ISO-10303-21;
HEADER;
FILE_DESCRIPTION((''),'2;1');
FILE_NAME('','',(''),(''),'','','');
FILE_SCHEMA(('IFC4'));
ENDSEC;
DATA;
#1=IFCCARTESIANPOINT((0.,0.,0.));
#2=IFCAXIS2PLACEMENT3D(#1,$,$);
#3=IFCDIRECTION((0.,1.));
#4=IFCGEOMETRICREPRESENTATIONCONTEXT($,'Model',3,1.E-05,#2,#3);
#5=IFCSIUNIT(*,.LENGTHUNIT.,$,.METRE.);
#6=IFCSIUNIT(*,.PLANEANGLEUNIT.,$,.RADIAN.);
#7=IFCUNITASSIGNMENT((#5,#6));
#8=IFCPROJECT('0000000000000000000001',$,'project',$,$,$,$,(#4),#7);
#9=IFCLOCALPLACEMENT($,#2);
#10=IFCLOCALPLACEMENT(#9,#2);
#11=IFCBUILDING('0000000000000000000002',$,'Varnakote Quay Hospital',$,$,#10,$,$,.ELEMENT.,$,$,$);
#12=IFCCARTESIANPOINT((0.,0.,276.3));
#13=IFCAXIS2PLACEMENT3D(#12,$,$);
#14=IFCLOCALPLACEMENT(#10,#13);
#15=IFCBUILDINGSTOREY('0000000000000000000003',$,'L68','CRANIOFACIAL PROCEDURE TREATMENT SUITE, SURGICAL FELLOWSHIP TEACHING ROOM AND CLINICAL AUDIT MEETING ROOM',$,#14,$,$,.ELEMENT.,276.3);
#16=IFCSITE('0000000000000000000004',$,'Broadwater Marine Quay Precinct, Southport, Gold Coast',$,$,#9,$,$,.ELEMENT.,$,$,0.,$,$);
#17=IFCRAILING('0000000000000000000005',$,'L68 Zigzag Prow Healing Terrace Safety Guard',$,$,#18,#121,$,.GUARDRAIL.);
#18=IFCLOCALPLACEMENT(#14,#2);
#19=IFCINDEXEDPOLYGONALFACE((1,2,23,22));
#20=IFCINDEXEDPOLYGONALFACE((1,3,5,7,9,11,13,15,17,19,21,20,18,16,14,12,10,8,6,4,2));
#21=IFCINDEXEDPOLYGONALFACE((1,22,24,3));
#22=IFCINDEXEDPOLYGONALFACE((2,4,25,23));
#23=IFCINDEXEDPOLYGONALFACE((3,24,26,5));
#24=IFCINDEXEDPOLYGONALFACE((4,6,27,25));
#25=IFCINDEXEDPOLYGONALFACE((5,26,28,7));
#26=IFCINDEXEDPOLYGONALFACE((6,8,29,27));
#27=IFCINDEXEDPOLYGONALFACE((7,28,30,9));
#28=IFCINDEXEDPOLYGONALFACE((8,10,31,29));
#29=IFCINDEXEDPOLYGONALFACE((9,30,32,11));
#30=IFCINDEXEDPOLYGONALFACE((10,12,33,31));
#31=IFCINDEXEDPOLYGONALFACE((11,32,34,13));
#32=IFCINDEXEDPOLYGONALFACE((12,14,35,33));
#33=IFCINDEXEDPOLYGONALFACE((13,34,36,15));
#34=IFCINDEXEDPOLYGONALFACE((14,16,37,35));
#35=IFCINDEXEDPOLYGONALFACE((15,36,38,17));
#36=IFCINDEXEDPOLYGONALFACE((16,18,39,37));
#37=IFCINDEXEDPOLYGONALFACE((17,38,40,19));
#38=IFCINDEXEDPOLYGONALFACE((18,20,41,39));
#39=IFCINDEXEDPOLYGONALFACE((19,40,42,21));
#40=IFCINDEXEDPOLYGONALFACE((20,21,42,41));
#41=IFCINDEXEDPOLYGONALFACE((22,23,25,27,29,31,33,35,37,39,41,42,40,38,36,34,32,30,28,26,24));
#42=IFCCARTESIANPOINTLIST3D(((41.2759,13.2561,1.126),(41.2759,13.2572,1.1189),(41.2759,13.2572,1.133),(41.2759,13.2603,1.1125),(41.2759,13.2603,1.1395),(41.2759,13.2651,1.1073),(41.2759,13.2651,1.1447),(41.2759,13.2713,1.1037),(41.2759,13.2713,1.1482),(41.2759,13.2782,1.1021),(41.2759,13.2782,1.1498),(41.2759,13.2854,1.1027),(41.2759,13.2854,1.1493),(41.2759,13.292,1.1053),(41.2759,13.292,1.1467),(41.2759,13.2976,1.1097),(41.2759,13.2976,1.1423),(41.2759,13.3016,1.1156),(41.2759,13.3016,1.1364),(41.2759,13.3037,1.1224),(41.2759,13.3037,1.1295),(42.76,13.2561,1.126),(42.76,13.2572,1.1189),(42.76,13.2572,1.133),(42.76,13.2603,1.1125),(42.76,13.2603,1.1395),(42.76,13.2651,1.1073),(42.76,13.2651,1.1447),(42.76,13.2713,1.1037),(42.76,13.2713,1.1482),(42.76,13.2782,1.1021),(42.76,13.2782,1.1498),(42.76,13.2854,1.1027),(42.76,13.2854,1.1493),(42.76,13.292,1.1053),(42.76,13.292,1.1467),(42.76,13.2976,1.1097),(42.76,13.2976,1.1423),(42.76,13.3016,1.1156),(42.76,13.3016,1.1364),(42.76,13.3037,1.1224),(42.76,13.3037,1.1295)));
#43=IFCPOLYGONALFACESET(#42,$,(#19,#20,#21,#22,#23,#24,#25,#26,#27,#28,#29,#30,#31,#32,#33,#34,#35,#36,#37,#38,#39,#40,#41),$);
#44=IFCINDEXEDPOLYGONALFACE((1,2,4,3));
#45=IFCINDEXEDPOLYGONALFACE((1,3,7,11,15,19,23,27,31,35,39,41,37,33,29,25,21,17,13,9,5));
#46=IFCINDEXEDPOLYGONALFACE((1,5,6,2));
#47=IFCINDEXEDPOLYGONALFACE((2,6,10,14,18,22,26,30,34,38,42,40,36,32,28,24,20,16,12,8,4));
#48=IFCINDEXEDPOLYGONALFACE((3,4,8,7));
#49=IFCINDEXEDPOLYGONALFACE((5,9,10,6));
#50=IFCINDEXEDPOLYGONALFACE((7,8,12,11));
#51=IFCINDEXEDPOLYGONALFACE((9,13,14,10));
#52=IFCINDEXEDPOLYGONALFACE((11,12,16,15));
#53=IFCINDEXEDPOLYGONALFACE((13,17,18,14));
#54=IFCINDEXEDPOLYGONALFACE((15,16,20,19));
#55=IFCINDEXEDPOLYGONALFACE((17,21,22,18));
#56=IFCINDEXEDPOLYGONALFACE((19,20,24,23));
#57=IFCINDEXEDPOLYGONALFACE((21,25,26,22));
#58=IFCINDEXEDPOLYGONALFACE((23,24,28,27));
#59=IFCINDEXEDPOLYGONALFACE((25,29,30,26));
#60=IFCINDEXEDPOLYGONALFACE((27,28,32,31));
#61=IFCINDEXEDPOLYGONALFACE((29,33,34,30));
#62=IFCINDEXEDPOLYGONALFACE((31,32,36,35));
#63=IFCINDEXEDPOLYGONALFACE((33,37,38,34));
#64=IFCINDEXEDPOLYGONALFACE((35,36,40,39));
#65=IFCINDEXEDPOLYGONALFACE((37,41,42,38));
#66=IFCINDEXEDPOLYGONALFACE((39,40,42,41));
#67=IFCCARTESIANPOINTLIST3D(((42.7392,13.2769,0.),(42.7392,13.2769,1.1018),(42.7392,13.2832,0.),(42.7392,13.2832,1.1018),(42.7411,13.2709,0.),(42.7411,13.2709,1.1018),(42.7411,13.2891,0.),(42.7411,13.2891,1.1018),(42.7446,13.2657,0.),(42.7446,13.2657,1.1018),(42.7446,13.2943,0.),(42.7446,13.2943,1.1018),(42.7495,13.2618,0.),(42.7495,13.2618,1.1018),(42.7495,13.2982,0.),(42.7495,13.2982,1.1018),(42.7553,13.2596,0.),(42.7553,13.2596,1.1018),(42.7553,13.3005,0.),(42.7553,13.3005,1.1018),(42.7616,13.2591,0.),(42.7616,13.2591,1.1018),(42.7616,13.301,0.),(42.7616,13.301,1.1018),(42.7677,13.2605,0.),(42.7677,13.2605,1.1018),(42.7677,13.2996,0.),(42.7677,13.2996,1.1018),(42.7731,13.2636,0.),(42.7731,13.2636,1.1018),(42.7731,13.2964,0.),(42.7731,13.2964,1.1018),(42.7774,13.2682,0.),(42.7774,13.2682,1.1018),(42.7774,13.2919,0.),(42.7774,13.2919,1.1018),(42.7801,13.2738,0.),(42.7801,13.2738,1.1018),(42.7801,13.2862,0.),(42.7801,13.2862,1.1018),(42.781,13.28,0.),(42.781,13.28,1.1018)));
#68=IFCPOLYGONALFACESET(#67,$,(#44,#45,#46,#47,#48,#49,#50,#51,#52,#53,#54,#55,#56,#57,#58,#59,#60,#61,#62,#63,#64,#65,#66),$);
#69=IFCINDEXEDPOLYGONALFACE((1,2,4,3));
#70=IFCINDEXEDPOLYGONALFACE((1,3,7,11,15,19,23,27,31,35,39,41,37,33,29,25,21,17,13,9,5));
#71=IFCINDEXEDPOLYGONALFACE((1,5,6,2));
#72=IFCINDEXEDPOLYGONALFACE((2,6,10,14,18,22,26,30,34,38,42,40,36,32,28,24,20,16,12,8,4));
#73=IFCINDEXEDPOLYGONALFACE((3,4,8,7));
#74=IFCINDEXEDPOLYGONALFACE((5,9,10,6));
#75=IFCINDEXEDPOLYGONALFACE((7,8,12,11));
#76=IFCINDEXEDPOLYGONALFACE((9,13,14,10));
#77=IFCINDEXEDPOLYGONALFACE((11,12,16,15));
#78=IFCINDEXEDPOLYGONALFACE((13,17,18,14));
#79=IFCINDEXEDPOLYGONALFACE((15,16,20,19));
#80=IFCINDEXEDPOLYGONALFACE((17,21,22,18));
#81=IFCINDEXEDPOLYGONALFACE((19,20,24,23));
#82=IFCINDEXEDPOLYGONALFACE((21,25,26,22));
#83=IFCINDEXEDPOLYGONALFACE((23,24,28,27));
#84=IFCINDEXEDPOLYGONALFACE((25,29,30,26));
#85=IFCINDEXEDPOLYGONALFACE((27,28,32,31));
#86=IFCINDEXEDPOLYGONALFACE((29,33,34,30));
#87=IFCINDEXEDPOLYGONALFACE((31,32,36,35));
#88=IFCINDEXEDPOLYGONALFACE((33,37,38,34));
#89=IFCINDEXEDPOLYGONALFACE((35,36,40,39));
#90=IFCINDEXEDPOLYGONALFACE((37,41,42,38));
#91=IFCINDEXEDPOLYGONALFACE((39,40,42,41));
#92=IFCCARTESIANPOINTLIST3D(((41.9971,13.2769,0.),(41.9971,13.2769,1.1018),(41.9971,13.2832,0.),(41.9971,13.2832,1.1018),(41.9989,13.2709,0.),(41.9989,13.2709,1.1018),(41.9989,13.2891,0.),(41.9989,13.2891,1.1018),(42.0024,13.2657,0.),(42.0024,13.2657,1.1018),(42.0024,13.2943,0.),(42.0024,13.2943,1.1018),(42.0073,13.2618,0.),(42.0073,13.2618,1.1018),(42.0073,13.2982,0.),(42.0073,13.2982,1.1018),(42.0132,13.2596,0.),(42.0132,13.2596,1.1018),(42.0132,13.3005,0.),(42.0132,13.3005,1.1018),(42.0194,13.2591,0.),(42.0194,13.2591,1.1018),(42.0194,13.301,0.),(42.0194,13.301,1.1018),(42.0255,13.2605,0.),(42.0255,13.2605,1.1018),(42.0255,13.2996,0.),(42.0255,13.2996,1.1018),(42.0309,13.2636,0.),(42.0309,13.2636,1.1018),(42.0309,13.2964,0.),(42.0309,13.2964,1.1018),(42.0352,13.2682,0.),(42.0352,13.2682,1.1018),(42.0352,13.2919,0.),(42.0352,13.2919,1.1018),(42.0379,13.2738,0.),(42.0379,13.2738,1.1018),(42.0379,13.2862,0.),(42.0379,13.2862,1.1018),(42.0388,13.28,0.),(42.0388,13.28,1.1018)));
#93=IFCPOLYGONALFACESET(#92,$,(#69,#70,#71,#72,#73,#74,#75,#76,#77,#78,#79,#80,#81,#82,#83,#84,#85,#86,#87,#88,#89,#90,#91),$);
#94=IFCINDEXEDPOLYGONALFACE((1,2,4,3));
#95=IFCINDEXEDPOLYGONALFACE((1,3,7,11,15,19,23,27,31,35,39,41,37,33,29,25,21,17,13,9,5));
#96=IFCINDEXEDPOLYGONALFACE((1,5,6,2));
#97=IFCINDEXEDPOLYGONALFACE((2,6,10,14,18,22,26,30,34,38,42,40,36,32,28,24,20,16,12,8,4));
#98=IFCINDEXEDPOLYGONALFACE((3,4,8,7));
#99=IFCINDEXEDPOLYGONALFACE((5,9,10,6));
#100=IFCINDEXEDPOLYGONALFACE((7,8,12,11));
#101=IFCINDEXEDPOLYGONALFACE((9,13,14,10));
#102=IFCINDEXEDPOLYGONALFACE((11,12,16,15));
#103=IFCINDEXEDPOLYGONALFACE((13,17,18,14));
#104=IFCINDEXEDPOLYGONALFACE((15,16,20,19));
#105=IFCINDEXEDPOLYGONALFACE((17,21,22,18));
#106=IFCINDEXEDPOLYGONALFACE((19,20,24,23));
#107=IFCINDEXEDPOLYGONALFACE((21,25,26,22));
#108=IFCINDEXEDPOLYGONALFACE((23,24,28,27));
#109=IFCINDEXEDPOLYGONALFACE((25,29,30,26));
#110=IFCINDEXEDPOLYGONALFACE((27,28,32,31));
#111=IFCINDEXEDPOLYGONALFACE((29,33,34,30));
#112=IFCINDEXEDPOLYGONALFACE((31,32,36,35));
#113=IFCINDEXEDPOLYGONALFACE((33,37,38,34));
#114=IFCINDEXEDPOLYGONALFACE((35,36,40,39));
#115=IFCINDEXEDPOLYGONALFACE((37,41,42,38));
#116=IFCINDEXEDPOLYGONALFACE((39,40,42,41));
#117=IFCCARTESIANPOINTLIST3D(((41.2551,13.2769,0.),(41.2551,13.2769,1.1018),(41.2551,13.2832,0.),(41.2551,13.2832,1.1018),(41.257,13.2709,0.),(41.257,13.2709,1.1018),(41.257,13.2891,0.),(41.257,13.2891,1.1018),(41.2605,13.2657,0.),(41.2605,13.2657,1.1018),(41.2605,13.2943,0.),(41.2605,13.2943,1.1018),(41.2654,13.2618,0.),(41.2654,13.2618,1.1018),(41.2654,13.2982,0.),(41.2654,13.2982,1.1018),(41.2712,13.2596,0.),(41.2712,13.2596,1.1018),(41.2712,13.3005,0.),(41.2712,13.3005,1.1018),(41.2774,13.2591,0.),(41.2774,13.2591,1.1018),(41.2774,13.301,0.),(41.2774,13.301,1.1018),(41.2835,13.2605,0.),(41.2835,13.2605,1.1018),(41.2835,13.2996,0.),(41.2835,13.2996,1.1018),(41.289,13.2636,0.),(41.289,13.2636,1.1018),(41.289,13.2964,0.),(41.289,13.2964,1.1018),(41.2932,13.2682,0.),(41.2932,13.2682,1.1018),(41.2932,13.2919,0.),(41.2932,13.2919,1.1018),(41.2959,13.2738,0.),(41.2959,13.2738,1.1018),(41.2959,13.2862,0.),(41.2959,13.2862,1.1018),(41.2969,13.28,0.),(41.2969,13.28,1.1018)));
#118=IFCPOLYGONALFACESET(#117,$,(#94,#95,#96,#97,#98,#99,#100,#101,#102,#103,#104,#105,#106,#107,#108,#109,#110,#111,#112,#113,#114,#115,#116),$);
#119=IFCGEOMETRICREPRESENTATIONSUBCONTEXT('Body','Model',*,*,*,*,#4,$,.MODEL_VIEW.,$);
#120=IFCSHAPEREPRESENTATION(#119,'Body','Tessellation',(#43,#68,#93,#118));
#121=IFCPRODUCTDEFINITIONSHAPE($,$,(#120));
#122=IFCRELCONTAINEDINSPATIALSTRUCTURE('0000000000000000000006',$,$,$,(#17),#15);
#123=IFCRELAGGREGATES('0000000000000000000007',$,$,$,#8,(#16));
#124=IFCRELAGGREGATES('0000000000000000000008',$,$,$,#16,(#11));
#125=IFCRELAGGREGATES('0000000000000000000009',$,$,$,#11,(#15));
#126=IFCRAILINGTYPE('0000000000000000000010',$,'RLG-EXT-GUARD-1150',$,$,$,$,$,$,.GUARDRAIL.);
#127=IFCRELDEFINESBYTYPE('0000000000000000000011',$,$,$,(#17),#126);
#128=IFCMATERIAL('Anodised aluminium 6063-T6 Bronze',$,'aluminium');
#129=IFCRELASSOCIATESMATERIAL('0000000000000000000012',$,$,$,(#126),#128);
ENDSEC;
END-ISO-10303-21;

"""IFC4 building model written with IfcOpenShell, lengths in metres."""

from ifc_helpers import new_model, si_unit, direction, frame, origin, origin_2d, place, context, subcontext, project, spatial, circle, extrude, material, type_object, element, save


model = new_model("IFC4")

# Units and contexts
model_context = context("Model", 3, precision=1e-05, world=origin(), true_north=direction((0.0, 1.0)))
body_context = subcontext(model_context, "Body", "Model", "MODEL_VIEW")
ifc_project = project(units=[si_unit("LENGTHUNIT", "METRE"), si_unit("PLANEANGLEUNIT", "RADIAN")], contexts=[model_context])

# Site, building, storey
site_placement = place(None, origin())
site = spatial("IfcSite", under=ifc_project, at=site_placement, Name="Broadwater Marine Quay Precinct, Southport, Gold Coast", CompositionType="ELEMENT", RefElevation=0.0)
building_placement = place(site_placement, origin())
building = spatial("IfcBuilding", under=site, at=building_placement, Name="Varnakote Quay Hospital", CompositionType="ELEMENT")
storey_placement = place(building_placement, frame((0.0, 0.0, 276.3)))
storey = spatial("IfcBuildingStorey", under=building, at=storey_placement, Name="L68", Description="CRANIOFACIAL PROCEDURE TREATMENT SUITE, SURGICAL FELLOWSHIP TEACHING ROOM AND CLINICAL AUDIT MEETING ROOM", CompositionType="ELEMENT", Elevation=276.3)

# Railing
ifc_material_1 = material(Name="Anodised aluminium 6063-T6 Bronze", Category="aluminium")
railing_type = type_object("IfcRailingType", Name="RLG-EXT-GUARD-1150", PredefinedType="GUARDRAIL", material=ifc_material_1)
railing_1_placement = place(storey_placement, frame((42.76, 13.28, 0.0)))
element("IfcRailing", 1, at=railing_1_placement, inside=storey, type_object=railing_type, Name="L68 Zigzag Prow Healing Terrace Safety Guard", PredefinedType="GUARDRAIL", context=body_context, shape_type="SweptSolid", body=[
    extrude(circle(Radius=0.0239, at=origin_2d()), frame((0.0, 0.0, 1.126), z_axis=(-1.0, 0.0, 0.0), x_axis=(0.0, -1.0, 0.0)), (0.0, 0.0, 1.0), 1.4841),
    extrude(circle(Radius=0.021, at=origin_2d()), origin(), (0.0, 0.0, 1.0), 1.1018),
    extrude(circle(Radius=0.021, at=origin_2d()), frame((-0.7422, 0.0, 0.0)), (0.0, 0.0, 1.0), 1.1018),
    extrude(circle(Radius=0.021, at=origin_2d()), frame((-1.4841, 0.0, 0.0)), (0.0, 0.0, 1.0), 1.1018),
])

save(model, "model.ifc")
